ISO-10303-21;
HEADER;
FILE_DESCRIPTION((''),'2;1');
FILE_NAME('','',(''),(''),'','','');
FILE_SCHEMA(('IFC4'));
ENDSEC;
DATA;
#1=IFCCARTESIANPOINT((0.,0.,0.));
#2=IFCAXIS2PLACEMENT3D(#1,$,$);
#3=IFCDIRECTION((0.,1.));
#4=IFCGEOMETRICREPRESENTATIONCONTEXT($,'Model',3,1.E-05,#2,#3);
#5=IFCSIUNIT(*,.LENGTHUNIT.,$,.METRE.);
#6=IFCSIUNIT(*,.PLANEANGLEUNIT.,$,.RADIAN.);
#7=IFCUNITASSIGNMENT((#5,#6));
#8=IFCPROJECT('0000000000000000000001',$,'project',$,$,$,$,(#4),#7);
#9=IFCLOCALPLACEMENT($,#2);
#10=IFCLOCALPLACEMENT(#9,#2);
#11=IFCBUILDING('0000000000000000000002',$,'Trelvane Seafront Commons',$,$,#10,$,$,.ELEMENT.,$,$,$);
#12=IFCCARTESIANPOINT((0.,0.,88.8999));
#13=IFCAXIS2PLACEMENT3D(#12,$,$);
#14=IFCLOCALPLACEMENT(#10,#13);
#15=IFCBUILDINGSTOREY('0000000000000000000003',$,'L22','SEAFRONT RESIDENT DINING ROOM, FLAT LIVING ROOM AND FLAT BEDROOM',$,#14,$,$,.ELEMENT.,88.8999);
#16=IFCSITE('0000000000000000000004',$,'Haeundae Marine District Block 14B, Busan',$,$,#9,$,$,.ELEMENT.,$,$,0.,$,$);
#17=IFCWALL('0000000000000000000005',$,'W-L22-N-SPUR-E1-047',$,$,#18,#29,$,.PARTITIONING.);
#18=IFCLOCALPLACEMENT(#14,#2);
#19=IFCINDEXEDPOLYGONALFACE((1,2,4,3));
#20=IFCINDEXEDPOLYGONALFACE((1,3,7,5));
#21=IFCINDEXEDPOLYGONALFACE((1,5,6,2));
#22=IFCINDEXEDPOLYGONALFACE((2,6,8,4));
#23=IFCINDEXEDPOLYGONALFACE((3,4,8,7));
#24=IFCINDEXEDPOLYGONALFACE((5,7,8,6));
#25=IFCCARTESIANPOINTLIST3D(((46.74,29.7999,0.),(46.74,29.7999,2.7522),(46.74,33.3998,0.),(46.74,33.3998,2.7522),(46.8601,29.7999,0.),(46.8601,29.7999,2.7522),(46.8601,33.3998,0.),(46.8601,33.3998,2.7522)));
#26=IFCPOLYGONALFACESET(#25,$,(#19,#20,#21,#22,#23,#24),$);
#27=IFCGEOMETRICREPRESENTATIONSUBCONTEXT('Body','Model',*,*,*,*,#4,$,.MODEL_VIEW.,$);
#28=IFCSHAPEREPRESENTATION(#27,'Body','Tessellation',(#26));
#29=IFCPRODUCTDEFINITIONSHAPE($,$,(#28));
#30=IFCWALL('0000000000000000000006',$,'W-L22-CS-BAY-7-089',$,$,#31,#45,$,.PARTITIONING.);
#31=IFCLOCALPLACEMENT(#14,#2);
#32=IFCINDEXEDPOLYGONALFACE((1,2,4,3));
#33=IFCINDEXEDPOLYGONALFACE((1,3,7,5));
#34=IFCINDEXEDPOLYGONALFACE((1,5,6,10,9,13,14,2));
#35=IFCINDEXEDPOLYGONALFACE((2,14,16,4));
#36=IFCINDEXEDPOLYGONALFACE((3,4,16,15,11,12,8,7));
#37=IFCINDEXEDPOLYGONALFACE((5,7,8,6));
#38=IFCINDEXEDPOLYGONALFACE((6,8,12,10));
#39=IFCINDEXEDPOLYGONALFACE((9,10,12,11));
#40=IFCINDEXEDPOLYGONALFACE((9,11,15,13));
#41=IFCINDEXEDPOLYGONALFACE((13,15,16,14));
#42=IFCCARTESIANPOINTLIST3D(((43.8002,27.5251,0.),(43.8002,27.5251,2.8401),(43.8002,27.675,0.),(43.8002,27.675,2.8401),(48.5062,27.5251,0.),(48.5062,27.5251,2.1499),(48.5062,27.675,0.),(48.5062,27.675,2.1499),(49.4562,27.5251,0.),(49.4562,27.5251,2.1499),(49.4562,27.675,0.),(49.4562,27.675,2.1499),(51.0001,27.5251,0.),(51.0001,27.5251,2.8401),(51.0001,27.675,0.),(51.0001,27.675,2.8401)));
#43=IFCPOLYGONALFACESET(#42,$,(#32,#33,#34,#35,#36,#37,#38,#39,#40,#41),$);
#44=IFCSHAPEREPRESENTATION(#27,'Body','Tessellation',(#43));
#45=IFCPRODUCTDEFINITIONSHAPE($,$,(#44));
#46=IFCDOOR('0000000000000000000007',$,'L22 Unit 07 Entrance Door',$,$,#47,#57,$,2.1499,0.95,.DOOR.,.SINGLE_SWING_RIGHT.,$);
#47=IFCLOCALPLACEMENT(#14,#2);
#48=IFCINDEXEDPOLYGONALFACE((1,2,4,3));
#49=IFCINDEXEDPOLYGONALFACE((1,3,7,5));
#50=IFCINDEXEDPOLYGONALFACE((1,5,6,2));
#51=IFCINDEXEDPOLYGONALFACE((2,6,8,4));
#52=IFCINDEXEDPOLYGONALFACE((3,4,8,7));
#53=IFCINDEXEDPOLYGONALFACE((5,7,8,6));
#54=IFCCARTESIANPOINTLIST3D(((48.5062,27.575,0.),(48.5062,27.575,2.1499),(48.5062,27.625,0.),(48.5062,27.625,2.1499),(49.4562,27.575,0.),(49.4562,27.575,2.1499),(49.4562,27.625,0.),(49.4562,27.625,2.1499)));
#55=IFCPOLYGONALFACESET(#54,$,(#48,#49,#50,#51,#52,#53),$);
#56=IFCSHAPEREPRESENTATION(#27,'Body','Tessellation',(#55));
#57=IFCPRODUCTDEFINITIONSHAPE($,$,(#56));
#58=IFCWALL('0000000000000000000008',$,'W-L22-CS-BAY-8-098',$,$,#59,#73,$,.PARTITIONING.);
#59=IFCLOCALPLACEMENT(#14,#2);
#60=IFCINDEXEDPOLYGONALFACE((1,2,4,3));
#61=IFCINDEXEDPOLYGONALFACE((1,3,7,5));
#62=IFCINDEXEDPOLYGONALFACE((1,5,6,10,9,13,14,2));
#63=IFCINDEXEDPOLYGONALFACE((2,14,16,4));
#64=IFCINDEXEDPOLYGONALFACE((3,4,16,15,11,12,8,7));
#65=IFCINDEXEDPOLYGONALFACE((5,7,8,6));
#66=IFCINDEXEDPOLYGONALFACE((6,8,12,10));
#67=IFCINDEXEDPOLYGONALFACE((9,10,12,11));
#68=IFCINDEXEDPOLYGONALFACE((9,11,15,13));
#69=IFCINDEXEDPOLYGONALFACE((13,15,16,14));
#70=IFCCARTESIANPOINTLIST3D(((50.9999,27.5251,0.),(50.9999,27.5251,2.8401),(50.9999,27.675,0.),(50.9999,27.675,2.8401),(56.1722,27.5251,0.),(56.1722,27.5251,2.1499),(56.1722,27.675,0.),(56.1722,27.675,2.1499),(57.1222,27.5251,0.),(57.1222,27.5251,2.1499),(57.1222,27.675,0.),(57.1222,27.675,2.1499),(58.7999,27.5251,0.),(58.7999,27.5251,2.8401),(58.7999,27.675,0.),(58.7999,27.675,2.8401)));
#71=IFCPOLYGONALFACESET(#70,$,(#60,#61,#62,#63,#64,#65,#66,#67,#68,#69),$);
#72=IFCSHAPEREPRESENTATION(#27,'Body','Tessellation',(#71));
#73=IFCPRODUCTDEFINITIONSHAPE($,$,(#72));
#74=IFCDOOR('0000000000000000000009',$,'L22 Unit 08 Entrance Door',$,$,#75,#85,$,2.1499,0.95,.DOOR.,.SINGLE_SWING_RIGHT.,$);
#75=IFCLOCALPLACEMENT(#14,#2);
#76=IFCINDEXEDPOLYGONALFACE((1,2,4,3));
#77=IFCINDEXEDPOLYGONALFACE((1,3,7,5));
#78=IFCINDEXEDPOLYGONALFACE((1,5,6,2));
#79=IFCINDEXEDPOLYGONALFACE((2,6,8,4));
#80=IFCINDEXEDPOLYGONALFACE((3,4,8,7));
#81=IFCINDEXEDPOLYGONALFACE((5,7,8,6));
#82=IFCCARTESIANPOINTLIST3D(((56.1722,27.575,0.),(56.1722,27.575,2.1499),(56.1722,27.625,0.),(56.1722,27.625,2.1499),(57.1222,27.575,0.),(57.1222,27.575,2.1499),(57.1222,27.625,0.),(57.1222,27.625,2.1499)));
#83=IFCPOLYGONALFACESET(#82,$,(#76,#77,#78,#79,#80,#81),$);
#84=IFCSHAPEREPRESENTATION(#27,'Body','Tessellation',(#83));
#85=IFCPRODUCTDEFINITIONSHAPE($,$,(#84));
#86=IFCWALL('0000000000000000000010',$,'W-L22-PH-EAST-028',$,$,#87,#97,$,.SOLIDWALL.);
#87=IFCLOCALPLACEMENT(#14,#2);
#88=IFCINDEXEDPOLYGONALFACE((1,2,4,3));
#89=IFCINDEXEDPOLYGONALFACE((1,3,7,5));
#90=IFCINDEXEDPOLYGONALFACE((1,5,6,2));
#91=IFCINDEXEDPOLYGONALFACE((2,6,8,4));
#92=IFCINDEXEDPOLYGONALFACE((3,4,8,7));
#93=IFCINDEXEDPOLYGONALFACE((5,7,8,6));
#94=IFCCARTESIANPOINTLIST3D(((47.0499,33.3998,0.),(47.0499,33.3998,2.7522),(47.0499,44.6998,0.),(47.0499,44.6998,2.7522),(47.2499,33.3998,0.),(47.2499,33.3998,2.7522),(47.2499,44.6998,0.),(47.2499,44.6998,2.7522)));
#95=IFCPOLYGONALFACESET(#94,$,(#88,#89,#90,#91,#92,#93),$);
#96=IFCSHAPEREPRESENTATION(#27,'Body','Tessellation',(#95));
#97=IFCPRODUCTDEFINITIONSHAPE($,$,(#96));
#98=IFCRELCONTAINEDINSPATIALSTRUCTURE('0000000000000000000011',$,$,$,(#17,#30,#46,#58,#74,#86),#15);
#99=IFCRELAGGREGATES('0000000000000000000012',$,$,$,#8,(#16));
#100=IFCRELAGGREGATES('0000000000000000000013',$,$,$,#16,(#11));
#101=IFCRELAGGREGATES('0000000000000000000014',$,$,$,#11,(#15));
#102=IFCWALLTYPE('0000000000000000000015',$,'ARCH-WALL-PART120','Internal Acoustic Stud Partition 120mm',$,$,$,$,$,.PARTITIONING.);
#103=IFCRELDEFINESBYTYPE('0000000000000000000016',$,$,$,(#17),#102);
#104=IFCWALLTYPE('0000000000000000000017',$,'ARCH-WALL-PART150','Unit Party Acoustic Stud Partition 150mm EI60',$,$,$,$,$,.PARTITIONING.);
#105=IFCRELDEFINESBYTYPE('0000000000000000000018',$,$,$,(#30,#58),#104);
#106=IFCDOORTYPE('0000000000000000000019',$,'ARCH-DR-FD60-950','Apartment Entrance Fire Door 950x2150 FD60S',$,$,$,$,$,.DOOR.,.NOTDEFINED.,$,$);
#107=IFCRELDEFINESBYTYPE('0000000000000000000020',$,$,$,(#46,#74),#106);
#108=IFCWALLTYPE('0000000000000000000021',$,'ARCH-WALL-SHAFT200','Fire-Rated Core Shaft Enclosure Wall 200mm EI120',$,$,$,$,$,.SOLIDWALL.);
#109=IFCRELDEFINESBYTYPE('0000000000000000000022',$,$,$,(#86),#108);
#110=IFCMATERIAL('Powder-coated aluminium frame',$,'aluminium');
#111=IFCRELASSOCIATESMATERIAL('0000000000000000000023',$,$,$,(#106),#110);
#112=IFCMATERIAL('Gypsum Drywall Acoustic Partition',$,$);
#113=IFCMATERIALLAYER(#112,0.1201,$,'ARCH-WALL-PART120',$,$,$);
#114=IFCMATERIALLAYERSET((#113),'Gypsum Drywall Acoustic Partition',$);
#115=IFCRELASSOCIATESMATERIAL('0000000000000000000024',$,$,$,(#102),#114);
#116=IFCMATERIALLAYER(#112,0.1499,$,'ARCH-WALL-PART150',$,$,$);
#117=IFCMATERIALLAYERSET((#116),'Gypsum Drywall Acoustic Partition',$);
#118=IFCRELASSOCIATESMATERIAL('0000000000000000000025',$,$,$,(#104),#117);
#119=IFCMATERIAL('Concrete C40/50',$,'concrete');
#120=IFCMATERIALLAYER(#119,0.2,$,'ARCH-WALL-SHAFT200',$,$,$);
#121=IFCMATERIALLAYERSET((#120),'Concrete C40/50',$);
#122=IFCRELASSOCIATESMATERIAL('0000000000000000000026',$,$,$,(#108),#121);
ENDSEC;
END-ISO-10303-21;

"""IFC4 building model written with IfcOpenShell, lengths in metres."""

from ifc_helpers import new_model, si_unit, direction, frame, frame_2d, origin, place, context, subcontext, project, spatial, rectangle, extrude, source, transform, mapped, material, layer, layer_set, type_object, element, fill, save


model = new_model("IFC4")

# Units and contexts
model_context = context("Model", 3, precision=1e-05, world=origin(), true_north=direction((0.0, 1.0)))
body_context = subcontext(model_context, "Body", "Model", "MODEL_VIEW")
ifc_project = project(units=[si_unit("LENGTHUNIT", "METRE"), si_unit("PLANEANGLEUNIT", "RADIAN")], contexts=[model_context])

# Site, building, storey
site_placement = place(None, origin())
site = spatial("IfcSite", under=ifc_project, at=site_placement, Name="Haeundae Marine District Block 14B, Busan", CompositionType="ELEMENT", RefElevation=0.0)
building_placement = place(site_placement, origin())
building = spatial("IfcBuilding", under=site, at=building_placement, Name="Trelvane Seafront Commons", CompositionType="ELEMENT")
storey_placement = place(building_placement, frame((0.0, 0.0, 88.8999)))
storey = spatial("IfcBuildingStorey", under=building, at=storey_placement, Name="L22", Description="SEAFRONT RESIDENT DINING ROOM, FLAT LIVING ROOM AND FLAT BEDROOM", CompositionType="ELEMENT", Elevation=88.8999)

# Shared definitions
ifc_material_1 = material(Name="Concrete C40/50", Category="concrete")
ifc_material_2 = material(Name="Powder-coated aluminium frame", Category="aluminium")
door_type_1 = type_object("IfcDoorType", Name="ARCH-DR-FD60-950", Description="Apartment Entrance Fire Door 950x2150 FD60S", OperationType="NOTDEFINED", PredefinedType="DOOR", material=ifc_material_2)
shared_shape_1 = source(origin(), body_context, "Body", "SweptSolid", [
    extrude(rectangle(XDim=0.95, YDim=2.1499, at=frame_2d((0.4751, 1.075))), frame((0.0, 0.0249, 0.0), z_axis=(0.0, -1.0, 0.0), x_axis=(1.0, 0.0, 0.0)), (0.0, 0.0, 1.0), 0.05),
])

# Shared definitions
ifc_material_3 = material(Name="Gypsum Drywall Acoustic Partition")
ifc_layer_1 = layer(ifc_material_3, 0.1201, Name="ARCH-WALL-PART120")
ifc_layer_set_1 = layer_set([ifc_layer_1], Name="Gypsum Drywall Acoustic Partition")
wall_type_1 = type_object("IfcWallType", Name="ARCH-WALL-PART120", Description="Internal Acoustic Stud Partition 120mm", PredefinedType="PARTITIONING", material=ifc_layer_set_1)

# Wall
for number, where, z_axis, x_axis, name in (
    (1, (46.8, 29.8, 0.0), (0.0, 0.0, 1.0), (0.0, 1.0, 0.0), "W-L22-N-SPUR-E1-047"),
):
    element("IfcWall", number, at=place(storey_placement, frame(where, z_axis=z_axis, x_axis=x_axis)), inside=storey, type_object=wall_type_1, Name=name, PredefinedType="PARTITIONING", context=body_context, shape_type="SweptSolid", body=[
        extrude(rectangle(XDim=3.5999, YDim=0.1201, at=frame_2d((1.7998, 0.0))), origin(), (0.0, 0.0, 1.0), 2.7522),
    ])

# Walls, openings, doors
ifc_layer_2 = layer(ifc_material_3, 0.1499, Name="ARCH-WALL-PART150")
ifc_layer_set_2 = layer_set([ifc_layer_2], Name="Gypsum Drywall Acoustic Partition")
wall_type_2 = type_object("IfcWallType", Name="ARCH-WALL-PART150", Description="Unit Party Acoustic Stud Partition 150mm EI60", PredefinedType="PARTITIONING", material=ifc_layer_set_2)
wall_1_placement = place(storey_placement, frame((43.8, 27.6001, 0.0), z_axis=(0.0, 0.0, 1.0), x_axis=(1.0, 0.0, 0.0)))
wall_1 = element("IfcWall", 2, at=wall_1_placement, inside=storey, type_object=wall_type_2, Name="W-L22-CS-BAY-7-089", PredefinedType="PARTITIONING", context=body_context, shape_type="SweptSolid", body=[
    extrude(rectangle(XDim=7.2, YDim=0.1499, at=frame_2d((3.6001, 0.0))), origin(), (0.0, 0.0, 1.0), 2.8401),
])
opening_1_placement = place(wall_1_placement, frame((4.7061, 0.0, 0.0)))
opening_1 = element("IfcOpeningElement", 3, at=opening_1_placement, cuts=wall_1, PredefinedType="OPENING", context=body_context, shape_type="SweptSolid", body=[
    extrude(rectangle(XDim=0.95, YDim=2.1499, at=frame_2d((0.4751, 1.075))), frame((0.0, 0.085, 0.0), z_axis=(0.0, -1.0, 0.0), x_axis=(1.0, 0.0, 0.0)), (0.0, 0.0, 1.0), 0.1699),
])
door_1_placement = place(opening_1_placement, origin())
door_1 = element("IfcDoor", 4, at=door_1_placement, inside=storey, type_object=door_type_1, Name="L22 Unit 07 Entrance Door", OperationType="SINGLE_SWING_RIGHT", OverallHeight=2.1499, OverallWidth=0.95, PredefinedType="DOOR", context=body_context, shape_type="MappedRepresentation", body=[
    mapped(shared_shape_1, transform((0.0, 0.0, 0.0), x_axis=(1.0, 0.0, 0.0), y_axis=(0.0, 1.0, 0.0), z_axis=(0.0, 0.0, 1.0), scale=1.0)),
])
fill(opening_1, door_1)
wall_2_placement = place(storey_placement, frame((51.0, 27.6001, 0.0), z_axis=(0.0, 0.0, 1.0), x_axis=(1.0, 0.0, 0.0)))
wall_2 = element("IfcWall", 5, at=wall_2_placement, inside=storey, type_object=wall_type_2, Name="W-L22-CS-BAY-8-098", PredefinedType="PARTITIONING", context=body_context, shape_type="SweptSolid", body=[
    extrude(rectangle(XDim=7.8, YDim=0.1499, at=frame_2d((3.8999, 0.0))), origin(), (0.0, 0.0, 1.0), 2.8401),
])
opening_2_placement = place(wall_2_placement, frame((5.1721, 0.0, 0.0)))
opening_2 = element("IfcOpeningElement", 6, at=opening_2_placement, cuts=wall_2, PredefinedType="OPENING", context=body_context, shape_type="SweptSolid", body=[
    extrude(rectangle(XDim=0.95, YDim=2.1499, at=frame_2d((0.4751, 1.075))), frame((0.0, 0.085, 0.0), z_axis=(0.0, -1.0, 0.0), x_axis=(1.0, 0.0, 0.0)), (0.0, 0.0, 1.0), 0.1699),
])
door_2_placement = place(opening_2_placement, origin())
door_2 = element("IfcDoor", 7, at=door_2_placement, inside=storey, type_object=door_type_1, Name="L22 Unit 08 Entrance Door", OperationType="SINGLE_SWING_RIGHT", OverallHeight=2.1499, OverallWidth=0.95, PredefinedType="DOOR", context=body_context, shape_type="MappedRepresentation", body=[
    mapped(shared_shape_1, transform((0.0, 0.0, 0.0), x_axis=(1.0, 0.0, 0.0), y_axis=(0.0, 1.0, 0.0), z_axis=(0.0, 0.0, 1.0), scale=1.0)),
])
fill(opening_2, door_2)

# Wall
ifc_layer_3 = layer(ifc_material_1, 0.2, Name="ARCH-WALL-SHAFT200")
ifc_layer_set_3 = layer_set([ifc_layer_3], Name="Concrete C40/50")
wall_type_3 = type_object("IfcWallType", Name="ARCH-WALL-SHAFT200", Description="Fire-Rated Core Shaft Enclosure Wall 200mm EI120", PredefinedType="SOLIDWALL", material=ifc_layer_set_3)
wall_3_placement = place(storey_placement, frame((47.1499, 33.3999, 0.0), z_axis=(0.0, 0.0, 1.0), x_axis=(0.0, 1.0, 0.0)))
element("IfcWall", 8, at=wall_3_placement, inside=storey, type_object=wall_type_3, Name="W-L22-PH-EAST-028", PredefinedType="SOLIDWALL", context=body_context, shape_type="SweptSolid", body=[
    extrude(rectangle(XDim=11.3, YDim=0.2, at=frame_2d((5.6499, 0.0))), origin(), (0.0, 0.0, 1.0), 2.7522),
])

save(model, "model.ifc")
